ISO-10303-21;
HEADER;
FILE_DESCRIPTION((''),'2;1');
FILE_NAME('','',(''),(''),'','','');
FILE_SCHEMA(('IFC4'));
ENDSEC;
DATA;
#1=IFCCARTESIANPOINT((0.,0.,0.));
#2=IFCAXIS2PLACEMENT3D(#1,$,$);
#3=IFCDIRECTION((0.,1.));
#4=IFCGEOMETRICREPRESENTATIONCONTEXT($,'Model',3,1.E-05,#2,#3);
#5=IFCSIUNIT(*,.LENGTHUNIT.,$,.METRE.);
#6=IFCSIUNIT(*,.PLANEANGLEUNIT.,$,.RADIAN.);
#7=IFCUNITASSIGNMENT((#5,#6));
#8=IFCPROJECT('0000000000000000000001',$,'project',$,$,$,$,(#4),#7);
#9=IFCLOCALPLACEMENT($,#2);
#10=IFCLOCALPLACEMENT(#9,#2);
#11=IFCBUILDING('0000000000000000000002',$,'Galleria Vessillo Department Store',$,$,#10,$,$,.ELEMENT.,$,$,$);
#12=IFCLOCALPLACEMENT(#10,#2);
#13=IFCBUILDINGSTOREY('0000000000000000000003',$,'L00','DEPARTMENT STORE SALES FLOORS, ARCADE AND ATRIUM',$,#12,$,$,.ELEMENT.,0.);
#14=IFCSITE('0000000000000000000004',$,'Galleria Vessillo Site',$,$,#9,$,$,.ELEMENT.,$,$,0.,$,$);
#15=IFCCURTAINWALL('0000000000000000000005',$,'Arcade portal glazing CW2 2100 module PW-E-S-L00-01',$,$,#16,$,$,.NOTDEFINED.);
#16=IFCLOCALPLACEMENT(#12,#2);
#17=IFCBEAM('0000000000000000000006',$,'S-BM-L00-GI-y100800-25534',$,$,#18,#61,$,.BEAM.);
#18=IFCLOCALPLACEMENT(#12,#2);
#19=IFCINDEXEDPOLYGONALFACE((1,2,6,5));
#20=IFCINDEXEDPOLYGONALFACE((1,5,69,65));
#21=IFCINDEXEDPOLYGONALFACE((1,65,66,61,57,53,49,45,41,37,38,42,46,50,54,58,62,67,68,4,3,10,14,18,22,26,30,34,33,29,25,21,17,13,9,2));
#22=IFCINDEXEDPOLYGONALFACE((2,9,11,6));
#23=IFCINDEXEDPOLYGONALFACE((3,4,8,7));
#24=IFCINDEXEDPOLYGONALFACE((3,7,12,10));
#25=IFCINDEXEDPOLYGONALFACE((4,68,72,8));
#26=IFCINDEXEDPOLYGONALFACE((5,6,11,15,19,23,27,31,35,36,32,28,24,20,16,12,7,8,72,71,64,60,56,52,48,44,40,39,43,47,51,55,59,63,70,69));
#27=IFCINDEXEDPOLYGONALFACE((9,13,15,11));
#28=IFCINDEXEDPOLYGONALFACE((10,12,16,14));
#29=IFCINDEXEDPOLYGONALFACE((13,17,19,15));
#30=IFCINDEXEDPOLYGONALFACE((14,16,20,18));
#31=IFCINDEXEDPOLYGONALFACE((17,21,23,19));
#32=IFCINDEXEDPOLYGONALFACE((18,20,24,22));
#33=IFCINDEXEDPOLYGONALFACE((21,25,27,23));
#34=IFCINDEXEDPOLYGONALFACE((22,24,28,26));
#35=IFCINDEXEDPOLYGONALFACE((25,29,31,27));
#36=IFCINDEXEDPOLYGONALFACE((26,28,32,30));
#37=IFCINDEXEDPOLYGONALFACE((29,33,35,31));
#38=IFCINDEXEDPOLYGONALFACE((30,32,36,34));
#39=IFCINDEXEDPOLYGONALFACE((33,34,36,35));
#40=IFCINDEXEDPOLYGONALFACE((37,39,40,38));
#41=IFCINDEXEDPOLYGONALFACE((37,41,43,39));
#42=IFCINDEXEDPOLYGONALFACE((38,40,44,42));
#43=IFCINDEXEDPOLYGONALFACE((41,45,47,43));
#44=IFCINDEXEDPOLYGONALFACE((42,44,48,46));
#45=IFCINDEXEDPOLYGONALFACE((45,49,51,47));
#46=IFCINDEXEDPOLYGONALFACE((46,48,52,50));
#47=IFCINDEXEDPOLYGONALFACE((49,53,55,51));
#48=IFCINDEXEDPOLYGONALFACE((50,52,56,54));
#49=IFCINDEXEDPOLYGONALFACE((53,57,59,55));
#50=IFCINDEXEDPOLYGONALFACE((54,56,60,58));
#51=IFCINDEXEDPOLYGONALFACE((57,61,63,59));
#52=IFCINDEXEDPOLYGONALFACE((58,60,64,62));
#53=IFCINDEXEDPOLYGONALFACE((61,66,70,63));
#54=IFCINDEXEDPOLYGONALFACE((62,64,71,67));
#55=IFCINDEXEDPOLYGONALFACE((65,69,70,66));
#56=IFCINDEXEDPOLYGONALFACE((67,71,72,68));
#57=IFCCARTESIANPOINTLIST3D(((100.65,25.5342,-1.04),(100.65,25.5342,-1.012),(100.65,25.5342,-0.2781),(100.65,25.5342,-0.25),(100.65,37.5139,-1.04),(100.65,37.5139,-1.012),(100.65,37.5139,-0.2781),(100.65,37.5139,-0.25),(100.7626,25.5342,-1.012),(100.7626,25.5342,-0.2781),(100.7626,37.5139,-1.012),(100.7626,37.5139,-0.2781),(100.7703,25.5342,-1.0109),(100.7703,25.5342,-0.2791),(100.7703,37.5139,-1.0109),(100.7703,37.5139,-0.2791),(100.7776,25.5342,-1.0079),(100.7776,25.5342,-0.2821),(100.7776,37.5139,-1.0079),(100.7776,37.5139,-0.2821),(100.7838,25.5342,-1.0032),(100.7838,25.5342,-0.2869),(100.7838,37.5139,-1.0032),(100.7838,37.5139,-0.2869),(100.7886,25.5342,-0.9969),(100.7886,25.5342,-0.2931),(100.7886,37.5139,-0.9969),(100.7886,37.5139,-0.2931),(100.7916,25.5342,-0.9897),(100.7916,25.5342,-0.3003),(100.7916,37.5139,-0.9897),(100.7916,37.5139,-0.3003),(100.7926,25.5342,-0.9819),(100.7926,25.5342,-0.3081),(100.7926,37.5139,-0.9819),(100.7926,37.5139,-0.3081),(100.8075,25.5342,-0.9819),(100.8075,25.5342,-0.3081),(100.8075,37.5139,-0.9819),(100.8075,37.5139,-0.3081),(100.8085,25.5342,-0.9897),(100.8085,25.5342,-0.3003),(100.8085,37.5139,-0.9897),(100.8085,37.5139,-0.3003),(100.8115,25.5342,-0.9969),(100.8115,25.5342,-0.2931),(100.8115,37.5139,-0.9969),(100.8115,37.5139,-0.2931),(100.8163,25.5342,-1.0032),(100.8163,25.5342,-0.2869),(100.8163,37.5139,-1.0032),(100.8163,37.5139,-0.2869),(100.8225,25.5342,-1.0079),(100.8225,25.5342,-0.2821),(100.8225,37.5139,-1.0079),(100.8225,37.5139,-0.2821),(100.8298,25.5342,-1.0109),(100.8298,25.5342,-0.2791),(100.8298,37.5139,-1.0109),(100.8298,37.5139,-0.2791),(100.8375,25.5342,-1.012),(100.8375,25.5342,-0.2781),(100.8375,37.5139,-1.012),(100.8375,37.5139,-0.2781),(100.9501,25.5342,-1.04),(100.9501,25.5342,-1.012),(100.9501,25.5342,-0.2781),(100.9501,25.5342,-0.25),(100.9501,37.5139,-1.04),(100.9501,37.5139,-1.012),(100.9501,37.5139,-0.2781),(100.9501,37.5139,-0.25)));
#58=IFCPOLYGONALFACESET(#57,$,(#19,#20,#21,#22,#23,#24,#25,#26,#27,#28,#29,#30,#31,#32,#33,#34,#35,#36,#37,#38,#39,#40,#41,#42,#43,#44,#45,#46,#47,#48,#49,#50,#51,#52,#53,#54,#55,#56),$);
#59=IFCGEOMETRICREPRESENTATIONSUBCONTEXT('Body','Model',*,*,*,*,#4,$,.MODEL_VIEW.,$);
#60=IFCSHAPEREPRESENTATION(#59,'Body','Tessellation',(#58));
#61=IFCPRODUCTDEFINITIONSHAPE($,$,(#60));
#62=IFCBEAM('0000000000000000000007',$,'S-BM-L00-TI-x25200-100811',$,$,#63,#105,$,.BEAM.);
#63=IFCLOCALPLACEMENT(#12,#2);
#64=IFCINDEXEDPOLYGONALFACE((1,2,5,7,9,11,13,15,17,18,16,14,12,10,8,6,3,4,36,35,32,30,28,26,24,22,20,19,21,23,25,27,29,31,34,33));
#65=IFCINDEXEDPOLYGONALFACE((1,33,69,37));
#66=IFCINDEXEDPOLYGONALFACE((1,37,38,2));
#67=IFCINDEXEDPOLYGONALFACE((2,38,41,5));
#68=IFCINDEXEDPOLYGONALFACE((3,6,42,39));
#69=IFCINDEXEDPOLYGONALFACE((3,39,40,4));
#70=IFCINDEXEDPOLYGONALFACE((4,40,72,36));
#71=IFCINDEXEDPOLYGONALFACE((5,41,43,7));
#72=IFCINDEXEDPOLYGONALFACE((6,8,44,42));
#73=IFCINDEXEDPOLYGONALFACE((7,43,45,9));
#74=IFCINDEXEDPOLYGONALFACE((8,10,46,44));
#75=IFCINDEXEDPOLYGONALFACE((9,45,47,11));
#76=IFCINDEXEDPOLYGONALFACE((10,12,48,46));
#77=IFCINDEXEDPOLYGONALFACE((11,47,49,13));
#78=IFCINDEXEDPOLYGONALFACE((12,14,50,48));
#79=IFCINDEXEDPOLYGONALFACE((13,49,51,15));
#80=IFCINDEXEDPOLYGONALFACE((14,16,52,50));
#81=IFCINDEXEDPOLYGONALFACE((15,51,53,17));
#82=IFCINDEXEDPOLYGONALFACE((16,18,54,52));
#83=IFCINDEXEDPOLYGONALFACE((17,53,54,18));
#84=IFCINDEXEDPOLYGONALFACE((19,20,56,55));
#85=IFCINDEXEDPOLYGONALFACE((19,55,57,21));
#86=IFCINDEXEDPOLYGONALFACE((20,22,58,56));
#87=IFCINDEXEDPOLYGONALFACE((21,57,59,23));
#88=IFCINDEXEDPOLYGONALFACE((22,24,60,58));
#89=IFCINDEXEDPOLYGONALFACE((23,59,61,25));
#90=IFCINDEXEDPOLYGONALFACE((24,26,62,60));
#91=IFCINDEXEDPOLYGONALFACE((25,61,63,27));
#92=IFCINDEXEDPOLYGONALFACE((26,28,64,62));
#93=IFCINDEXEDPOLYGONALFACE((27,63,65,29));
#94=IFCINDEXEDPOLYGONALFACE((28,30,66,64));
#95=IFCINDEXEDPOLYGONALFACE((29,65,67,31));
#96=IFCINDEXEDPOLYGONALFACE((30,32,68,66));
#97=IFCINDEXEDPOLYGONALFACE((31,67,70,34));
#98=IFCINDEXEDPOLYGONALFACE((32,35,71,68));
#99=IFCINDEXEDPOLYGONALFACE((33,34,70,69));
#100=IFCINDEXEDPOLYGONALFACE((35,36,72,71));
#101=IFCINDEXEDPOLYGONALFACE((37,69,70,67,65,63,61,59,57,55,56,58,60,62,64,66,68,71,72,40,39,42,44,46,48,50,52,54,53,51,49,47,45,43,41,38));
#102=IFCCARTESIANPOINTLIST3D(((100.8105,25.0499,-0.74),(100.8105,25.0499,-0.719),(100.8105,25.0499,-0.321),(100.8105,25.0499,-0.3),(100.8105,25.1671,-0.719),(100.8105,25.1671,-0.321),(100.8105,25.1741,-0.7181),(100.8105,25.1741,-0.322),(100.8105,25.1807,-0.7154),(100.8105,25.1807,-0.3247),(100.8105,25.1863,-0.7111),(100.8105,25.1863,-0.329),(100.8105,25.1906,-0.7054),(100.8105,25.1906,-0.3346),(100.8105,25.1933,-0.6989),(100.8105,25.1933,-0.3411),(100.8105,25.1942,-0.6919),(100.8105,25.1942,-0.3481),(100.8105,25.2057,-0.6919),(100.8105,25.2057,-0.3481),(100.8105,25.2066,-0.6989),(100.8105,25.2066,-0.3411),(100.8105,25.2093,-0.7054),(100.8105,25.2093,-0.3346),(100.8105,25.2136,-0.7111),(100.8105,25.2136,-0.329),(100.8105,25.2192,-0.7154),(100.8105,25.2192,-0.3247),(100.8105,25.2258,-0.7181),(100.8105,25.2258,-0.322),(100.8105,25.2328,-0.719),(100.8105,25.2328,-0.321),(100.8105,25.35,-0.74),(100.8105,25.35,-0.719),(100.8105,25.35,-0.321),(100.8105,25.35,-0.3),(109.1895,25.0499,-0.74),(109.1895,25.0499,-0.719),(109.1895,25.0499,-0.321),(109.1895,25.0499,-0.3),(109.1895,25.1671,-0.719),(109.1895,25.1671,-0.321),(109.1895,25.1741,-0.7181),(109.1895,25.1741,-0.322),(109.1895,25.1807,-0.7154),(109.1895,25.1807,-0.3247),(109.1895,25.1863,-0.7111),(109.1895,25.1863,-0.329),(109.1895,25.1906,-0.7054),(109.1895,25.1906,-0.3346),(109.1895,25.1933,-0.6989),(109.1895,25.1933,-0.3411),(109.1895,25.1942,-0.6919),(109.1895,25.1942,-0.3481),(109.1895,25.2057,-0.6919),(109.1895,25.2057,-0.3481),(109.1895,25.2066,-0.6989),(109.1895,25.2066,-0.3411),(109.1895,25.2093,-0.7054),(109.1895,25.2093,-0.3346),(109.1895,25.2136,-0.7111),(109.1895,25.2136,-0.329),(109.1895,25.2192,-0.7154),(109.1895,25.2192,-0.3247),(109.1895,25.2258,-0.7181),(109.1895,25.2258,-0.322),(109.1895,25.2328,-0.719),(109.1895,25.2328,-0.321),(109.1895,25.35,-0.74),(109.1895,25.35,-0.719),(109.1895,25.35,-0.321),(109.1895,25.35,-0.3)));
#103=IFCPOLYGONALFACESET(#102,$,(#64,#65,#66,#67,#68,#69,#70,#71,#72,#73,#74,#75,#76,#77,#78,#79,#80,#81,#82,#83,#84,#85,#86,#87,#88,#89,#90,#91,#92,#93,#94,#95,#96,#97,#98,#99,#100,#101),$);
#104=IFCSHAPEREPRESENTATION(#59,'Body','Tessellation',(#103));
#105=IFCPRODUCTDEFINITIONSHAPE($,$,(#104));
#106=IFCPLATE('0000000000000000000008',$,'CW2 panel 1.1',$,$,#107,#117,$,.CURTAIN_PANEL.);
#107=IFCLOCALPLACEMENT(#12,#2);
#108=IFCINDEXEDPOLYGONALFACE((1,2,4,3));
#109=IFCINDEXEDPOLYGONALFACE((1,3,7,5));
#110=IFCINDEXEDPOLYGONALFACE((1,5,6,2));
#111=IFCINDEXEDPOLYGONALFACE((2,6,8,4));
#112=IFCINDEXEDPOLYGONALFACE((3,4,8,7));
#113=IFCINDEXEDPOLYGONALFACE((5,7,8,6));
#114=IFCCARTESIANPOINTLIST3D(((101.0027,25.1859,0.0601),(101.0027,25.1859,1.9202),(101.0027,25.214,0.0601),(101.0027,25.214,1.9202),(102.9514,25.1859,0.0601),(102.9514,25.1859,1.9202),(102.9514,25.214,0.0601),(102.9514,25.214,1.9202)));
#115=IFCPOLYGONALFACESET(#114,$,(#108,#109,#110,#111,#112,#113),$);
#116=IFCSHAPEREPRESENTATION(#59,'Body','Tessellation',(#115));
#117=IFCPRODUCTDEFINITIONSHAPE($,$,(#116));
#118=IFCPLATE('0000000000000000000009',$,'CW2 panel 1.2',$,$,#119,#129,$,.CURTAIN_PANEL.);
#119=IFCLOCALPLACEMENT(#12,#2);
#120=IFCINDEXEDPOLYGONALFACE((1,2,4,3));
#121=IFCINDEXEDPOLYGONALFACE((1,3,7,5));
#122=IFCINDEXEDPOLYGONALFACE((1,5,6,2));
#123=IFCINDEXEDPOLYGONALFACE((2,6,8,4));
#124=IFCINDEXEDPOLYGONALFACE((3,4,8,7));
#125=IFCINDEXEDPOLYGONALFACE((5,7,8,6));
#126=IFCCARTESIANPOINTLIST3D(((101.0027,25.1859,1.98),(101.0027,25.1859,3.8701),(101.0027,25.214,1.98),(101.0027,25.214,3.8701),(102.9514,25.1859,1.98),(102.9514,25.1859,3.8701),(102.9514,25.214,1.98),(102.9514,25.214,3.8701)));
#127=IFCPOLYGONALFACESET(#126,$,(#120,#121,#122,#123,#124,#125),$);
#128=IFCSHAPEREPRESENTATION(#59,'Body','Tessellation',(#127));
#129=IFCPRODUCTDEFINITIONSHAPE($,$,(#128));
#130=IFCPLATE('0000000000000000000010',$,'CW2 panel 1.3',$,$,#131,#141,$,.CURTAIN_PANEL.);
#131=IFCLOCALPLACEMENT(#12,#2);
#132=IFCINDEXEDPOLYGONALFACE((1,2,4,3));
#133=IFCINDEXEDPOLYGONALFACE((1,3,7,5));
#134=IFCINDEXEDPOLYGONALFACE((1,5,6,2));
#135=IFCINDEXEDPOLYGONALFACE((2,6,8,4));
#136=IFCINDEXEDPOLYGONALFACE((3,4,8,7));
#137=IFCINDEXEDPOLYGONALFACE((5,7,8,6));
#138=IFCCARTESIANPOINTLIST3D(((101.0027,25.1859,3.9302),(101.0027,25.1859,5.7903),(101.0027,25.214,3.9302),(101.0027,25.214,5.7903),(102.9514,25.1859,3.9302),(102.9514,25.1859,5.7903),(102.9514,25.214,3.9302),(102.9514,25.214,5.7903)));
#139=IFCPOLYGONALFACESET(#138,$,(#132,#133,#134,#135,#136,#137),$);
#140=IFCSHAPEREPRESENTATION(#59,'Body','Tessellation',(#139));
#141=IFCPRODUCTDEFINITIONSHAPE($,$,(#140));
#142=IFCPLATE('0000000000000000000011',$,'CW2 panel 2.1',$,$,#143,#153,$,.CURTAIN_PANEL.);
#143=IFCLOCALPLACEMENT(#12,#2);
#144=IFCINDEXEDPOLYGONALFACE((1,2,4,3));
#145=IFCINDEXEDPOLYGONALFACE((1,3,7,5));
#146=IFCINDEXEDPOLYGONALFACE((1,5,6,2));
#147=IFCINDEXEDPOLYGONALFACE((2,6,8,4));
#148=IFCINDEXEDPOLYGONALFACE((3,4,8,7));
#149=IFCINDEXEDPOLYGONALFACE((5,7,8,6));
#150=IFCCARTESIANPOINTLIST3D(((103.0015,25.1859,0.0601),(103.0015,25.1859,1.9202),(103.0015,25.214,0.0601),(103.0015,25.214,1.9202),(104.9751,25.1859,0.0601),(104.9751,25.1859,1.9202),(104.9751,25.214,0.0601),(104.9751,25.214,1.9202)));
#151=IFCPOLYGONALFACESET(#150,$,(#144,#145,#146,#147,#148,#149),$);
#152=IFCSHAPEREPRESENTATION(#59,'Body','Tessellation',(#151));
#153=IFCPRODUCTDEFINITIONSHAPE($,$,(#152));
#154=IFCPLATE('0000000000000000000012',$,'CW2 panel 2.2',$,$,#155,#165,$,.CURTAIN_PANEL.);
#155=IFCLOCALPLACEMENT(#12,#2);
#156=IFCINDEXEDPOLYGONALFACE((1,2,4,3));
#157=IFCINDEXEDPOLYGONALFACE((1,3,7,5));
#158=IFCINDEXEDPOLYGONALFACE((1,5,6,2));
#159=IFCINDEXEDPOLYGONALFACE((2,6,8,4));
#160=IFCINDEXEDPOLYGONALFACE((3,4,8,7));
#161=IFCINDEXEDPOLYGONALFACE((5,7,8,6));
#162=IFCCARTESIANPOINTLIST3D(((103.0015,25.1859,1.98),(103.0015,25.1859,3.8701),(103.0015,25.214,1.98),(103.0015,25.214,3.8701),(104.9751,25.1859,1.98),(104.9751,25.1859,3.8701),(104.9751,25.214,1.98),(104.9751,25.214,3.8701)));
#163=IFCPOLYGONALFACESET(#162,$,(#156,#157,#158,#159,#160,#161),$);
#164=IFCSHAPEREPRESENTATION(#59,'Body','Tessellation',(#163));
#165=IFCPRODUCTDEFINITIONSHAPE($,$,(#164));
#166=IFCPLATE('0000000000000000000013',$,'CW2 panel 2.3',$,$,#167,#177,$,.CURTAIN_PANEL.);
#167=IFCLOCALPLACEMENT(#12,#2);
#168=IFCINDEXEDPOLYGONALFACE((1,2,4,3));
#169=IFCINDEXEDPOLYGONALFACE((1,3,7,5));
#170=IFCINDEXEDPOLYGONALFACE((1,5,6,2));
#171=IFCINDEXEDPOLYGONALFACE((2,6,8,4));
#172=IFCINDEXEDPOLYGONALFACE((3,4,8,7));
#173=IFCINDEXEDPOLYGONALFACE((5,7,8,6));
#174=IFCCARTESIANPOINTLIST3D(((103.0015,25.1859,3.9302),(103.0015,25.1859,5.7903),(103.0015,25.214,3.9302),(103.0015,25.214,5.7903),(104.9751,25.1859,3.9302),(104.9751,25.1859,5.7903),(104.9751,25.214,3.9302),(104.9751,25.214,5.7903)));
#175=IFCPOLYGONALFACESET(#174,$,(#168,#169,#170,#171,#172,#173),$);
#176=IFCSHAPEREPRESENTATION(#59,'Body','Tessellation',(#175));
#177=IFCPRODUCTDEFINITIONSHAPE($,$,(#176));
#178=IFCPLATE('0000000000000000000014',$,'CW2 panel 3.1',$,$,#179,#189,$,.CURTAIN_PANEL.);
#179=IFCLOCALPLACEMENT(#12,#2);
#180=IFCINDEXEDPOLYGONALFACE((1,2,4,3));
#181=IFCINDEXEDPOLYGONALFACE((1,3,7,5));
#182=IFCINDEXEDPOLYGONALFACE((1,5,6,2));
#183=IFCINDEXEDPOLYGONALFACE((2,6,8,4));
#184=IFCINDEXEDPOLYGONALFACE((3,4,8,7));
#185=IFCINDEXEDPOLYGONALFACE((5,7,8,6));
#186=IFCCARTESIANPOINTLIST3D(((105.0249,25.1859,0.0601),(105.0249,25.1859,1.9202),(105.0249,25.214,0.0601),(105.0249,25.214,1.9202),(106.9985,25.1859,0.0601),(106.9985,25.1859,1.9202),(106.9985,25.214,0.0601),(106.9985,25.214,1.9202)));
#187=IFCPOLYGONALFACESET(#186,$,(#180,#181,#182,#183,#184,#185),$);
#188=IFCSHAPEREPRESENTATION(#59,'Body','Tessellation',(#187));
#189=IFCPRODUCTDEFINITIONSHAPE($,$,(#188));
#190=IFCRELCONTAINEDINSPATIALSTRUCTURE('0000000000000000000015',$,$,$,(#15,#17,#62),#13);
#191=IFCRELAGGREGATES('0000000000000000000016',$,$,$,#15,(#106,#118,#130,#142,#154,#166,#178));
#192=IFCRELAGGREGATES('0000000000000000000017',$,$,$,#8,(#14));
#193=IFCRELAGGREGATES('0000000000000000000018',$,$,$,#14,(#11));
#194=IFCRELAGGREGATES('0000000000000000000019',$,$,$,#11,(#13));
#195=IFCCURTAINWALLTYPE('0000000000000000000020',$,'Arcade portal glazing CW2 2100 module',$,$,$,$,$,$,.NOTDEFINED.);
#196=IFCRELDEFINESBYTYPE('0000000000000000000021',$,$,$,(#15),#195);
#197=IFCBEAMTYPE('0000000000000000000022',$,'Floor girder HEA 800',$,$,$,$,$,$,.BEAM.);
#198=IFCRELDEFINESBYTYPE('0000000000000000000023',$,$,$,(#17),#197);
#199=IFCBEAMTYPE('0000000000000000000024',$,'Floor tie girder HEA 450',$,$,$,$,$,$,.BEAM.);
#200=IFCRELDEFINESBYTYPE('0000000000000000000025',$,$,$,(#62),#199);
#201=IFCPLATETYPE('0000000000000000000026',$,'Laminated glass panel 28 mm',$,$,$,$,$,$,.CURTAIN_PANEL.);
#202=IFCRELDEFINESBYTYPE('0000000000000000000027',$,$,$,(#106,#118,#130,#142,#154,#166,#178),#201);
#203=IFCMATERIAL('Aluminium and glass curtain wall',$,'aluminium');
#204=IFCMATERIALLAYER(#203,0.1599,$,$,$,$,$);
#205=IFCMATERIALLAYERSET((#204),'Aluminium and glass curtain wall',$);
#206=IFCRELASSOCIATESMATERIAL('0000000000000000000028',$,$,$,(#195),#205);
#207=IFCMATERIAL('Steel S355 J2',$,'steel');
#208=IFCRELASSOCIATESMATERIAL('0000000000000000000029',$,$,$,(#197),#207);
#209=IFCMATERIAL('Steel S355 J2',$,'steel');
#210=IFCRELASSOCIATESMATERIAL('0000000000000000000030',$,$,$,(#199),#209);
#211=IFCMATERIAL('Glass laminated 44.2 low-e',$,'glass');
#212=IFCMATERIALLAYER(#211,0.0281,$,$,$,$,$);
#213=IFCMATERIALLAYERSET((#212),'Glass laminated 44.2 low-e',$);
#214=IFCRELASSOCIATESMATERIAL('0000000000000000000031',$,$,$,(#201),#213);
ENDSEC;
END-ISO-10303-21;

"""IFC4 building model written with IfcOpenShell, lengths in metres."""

from ifc_helpers import new_model, si_unit, direction, frame, origin, origin_2d, place, context, subcontext, project, spatial, rectangle, i_section, extrude, material, layer, layer_set, material_profile, profile_set, type_object, element, aggregate, save


model = new_model("IFC4")

# Units and contexts
model_context = context("Model", 3, precision=1e-05, world=origin(), true_north=direction((0.0, 1.0)))
body_context = subcontext(model_context, "Body", "Model", "MODEL_VIEW")
ifc_project = project(units=[si_unit("LENGTHUNIT", "METRE"), si_unit("PLANEANGLEUNIT", "RADIAN")], contexts=[model_context])

# Site, building, storey
site_placement = place(None, origin())
site = spatial("IfcSite", under=ifc_project, at=site_placement, Name="Galleria Vessillo Site", CompositionType="ELEMENT", RefElevation=0.0)
building_placement = place(site_placement, origin())
building = spatial("IfcBuilding", under=site, at=building_placement, Name="Galleria Vessillo Department Store", CompositionType="ELEMENT")
storey_placement = place(building_placement, origin())
storey = spatial("IfcBuildingStorey", under=building, at=storey_placement, Name="L00", Description="DEPARTMENT STORE SALES FLOORS, ARCADE AND ATRIUM", CompositionType="ELEMENT", Elevation=0.0)

# Curtain wall
ifc_material_1 = material(Name="Aluminium and glass curtain wall", Category="aluminium")
ifc_layer_1 = layer(ifc_material_1, 0.1599)
ifc_layer_set_1 = layer_set([ifc_layer_1], Name="Aluminium and glass curtain wall")
curtain_wall_type_1 = type_object("IfcCurtainWallType", Name="Arcade portal glazing CW2 2100 module", PredefinedType="NOTDEFINED", material=ifc_layer_set_1)
curtain_wall_1_placement = place(storey_placement, origin())
curtain_wall_1 = element("IfcCurtainWall", 1, at=curtain_wall_1_placement, inside=storey, type_object=curtain_wall_type_1, Name="Arcade portal glazing CW2 2100 module PW-E-S-L00-01", PredefinedType="NOTDEFINED")

# Beams
ifc_material_2 = material(Name="Steel S355 J2", Category="steel")
ifc_material_profile_1 = material_profile(ifc_material_2, i_section(OverallWidth=0.3, OverallDepth=0.79, WebThickness=0.0149, FlangeThickness=0.0281, FilletRadius=0.03, at=origin_2d()), Name="HEA 800")
ifc_profile_set_1 = profile_set([ifc_material_profile_1], Name="Steel S355 J2")
beam_type_1 = type_object("IfcBeamType", Name="Floor girder HEA 800", PredefinedType="BEAM", material=ifc_profile_set_1)
beam_1_placement = place(storey_placement, frame((100.8, 25.5342, -0.645), z_axis=(0.0, 1.0, 0.0), x_axis=(-1.0, 0.0, 0.0)))
element("IfcBeam", 2, at=beam_1_placement, inside=storey, type_object=beam_type_1, Name="S-BM-L00-GI-y100800-25534", PredefinedType="BEAM", context=body_context, shape_type="SweptSolid", body=[
    extrude(i_section(OverallWidth=0.3, OverallDepth=0.79, WebThickness=0.0149, FlangeThickness=0.0281, FilletRadius=0.03, at=origin_2d()), origin(), (0.0, 0.0, 1.0), 11.9797),
])
ifc_material_3 = material(Name="Steel S355 J2", Category="steel")
ifc_material_profile_2 = material_profile(ifc_material_3, i_section(OverallWidth=0.3, OverallDepth=0.4399, WebThickness=0.0115, FlangeThickness=0.021, FilletRadius=0.0271, at=origin_2d()), Name="HEA 450")
ifc_profile_set_2 = profile_set([ifc_material_profile_2], Name="Steel S355 J2")
beam_type_2 = type_object("IfcBeamType", Name="Floor tie girder HEA 450", PredefinedType="BEAM", material=ifc_profile_set_2)
beam_2_placement = place(storey_placement, frame((100.8105, 25.2, -0.52), z_axis=(1.0, 0.0, 0.0), x_axis=(0.0, 1.0, 0.0)))
element("IfcBeam", 3, at=beam_2_placement, inside=storey, type_object=beam_type_2, Name="S-BM-L00-TI-x25200-100811", PredefinedType="BEAM", context=body_context, shape_type="SweptSolid", body=[
    extrude(i_section(OverallWidth=0.3, OverallDepth=0.4399, WebThickness=0.0115, FlangeThickness=0.021, FilletRadius=0.0271, at=origin_2d()), origin(), (0.0, 0.0, 1.0), 8.3789),
])

# Plates
ifc_material_4 = material(Name="Glass laminated 44.2 low-e", Category="glass")
ifc_layer_2 = layer(ifc_material_4, 0.0281)
ifc_layer_set_2 = layer_set([ifc_layer_2], Name="Glass laminated 44.2 low-e")
plate_type_1 = type_object("IfcPlateType", Name="Laminated glass panel 28 mm", PredefinedType="CURTAIN_PANEL", material=ifc_layer_set_2)
plate_1_placement = place(storey_placement, frame((101.9771, 25.2, 0.0601), z_axis=(0.0, 0.0, 1.0), x_axis=(1.0, 0.0, 0.0)))
plate_1 = element("IfcPlate", 4, at=plate_1_placement, type_object=plate_type_1, Name="CW2 panel 1.1", PredefinedType="CURTAIN_PANEL", context=body_context, shape_type="SweptSolid", body=[
    extrude(rectangle(XDim=1.9487, YDim=0.0281, at=origin_2d()), origin(), (0.0, 0.0, 1.0), 1.8601),
])
plate_2_placement = place(storey_placement, frame((101.9771, 25.2, 1.98), z_axis=(0.0, 0.0, 1.0), x_axis=(1.0, 0.0, 0.0)))
plate_2 = element("IfcPlate", 5, at=plate_2_placement, type_object=plate_type_1, Name="CW2 panel 1.2", PredefinedType="CURTAIN_PANEL", context=body_context, shape_type="SweptSolid", body=[
    extrude(rectangle(XDim=1.9487, YDim=0.0281, at=origin_2d()), origin(), (0.0, 0.0, 1.0), 1.8901),
])
plate_3_placement = place(storey_placement, frame((101.9771, 25.2, 3.9302), z_axis=(0.0, 0.0, 1.0), x_axis=(1.0, 0.0, 0.0)))
plate_3 = element("IfcPlate", 6, at=plate_3_placement, type_object=plate_type_1, Name="CW2 panel 1.3", PredefinedType="CURTAIN_PANEL", context=body_context, shape_type="SweptSolid", body=[
    extrude(rectangle(XDim=1.9487, YDim=0.0281, at=origin_2d()), origin(), (0.0, 0.0, 1.0), 1.8601),
])
plate_4_placement = place(storey_placement, frame((103.9883, 25.2, 0.0601), z_axis=(0.0, 0.0, 1.0), x_axis=(1.0, 0.0, 0.0)))
plate_4 = element("IfcPlate", 7, at=plate_4_placement, type_object=plate_type_1, Name="CW2 panel 2.1", PredefinedType="CURTAIN_PANEL", context=body_context, shape_type="SweptSolid", body=[
    extrude(rectangle(XDim=1.9736, YDim=0.0281, at=origin_2d()), origin(), (0.0, 0.0, 1.0), 1.8601),
])
plate_5_placement = place(storey_placement, frame((103.9883, 25.2, 1.98), z_axis=(0.0, 0.0, 1.0), x_axis=(1.0, 0.0, 0.0)))
plate_5 = element("IfcPlate", 8, at=plate_5_placement, type_object=plate_type_1, Name="CW2 panel 2.2", PredefinedType="CURTAIN_PANEL", context=body_context, shape_type="SweptSolid", body=[
    extrude(rectangle(XDim=1.9736, YDim=0.0281, at=origin_2d()), origin(), (0.0, 0.0, 1.0), 1.8901),
])
plate_6_placement = place(storey_placement, frame((103.9883, 25.2, 3.9302), z_axis=(0.0, 0.0, 1.0), x_axis=(1.0, 0.0, 0.0)))
plate_6 = element("IfcPlate", 9, at=plate_6_placement, type_object=plate_type_1, Name="CW2 panel 2.3", PredefinedType="CURTAIN_PANEL", context=body_context, shape_type="SweptSolid", body=[
    extrude(rectangle(XDim=1.9736, YDim=0.0281, at=origin_2d()), origin(), (0.0, 0.0, 1.0), 1.8601),
])
plate_7_placement = place(storey_placement, frame((106.0117, 25.2, 0.0601), z_axis=(0.0, 0.0, 1.0), x_axis=(1.0, 0.0, 0.0)))
plate_7 = element("IfcPlate", 10, at=plate_7_placement, type_object=plate_type_1, Name="CW2 panel 3.1", PredefinedType="CURTAIN_PANEL", context=body_context, shape_type="SweptSolid", body=[
    extrude(rectangle(XDim=1.9736, YDim=0.0281, at=origin_2d()), origin(), (0.0, 0.0, 1.0), 1.8601),
])
aggregate(curtain_wall_1, [plate_1, plate_2, plate_3, plate_4, plate_5, plate_6, plate_7])

save(model, "model.ifc")
